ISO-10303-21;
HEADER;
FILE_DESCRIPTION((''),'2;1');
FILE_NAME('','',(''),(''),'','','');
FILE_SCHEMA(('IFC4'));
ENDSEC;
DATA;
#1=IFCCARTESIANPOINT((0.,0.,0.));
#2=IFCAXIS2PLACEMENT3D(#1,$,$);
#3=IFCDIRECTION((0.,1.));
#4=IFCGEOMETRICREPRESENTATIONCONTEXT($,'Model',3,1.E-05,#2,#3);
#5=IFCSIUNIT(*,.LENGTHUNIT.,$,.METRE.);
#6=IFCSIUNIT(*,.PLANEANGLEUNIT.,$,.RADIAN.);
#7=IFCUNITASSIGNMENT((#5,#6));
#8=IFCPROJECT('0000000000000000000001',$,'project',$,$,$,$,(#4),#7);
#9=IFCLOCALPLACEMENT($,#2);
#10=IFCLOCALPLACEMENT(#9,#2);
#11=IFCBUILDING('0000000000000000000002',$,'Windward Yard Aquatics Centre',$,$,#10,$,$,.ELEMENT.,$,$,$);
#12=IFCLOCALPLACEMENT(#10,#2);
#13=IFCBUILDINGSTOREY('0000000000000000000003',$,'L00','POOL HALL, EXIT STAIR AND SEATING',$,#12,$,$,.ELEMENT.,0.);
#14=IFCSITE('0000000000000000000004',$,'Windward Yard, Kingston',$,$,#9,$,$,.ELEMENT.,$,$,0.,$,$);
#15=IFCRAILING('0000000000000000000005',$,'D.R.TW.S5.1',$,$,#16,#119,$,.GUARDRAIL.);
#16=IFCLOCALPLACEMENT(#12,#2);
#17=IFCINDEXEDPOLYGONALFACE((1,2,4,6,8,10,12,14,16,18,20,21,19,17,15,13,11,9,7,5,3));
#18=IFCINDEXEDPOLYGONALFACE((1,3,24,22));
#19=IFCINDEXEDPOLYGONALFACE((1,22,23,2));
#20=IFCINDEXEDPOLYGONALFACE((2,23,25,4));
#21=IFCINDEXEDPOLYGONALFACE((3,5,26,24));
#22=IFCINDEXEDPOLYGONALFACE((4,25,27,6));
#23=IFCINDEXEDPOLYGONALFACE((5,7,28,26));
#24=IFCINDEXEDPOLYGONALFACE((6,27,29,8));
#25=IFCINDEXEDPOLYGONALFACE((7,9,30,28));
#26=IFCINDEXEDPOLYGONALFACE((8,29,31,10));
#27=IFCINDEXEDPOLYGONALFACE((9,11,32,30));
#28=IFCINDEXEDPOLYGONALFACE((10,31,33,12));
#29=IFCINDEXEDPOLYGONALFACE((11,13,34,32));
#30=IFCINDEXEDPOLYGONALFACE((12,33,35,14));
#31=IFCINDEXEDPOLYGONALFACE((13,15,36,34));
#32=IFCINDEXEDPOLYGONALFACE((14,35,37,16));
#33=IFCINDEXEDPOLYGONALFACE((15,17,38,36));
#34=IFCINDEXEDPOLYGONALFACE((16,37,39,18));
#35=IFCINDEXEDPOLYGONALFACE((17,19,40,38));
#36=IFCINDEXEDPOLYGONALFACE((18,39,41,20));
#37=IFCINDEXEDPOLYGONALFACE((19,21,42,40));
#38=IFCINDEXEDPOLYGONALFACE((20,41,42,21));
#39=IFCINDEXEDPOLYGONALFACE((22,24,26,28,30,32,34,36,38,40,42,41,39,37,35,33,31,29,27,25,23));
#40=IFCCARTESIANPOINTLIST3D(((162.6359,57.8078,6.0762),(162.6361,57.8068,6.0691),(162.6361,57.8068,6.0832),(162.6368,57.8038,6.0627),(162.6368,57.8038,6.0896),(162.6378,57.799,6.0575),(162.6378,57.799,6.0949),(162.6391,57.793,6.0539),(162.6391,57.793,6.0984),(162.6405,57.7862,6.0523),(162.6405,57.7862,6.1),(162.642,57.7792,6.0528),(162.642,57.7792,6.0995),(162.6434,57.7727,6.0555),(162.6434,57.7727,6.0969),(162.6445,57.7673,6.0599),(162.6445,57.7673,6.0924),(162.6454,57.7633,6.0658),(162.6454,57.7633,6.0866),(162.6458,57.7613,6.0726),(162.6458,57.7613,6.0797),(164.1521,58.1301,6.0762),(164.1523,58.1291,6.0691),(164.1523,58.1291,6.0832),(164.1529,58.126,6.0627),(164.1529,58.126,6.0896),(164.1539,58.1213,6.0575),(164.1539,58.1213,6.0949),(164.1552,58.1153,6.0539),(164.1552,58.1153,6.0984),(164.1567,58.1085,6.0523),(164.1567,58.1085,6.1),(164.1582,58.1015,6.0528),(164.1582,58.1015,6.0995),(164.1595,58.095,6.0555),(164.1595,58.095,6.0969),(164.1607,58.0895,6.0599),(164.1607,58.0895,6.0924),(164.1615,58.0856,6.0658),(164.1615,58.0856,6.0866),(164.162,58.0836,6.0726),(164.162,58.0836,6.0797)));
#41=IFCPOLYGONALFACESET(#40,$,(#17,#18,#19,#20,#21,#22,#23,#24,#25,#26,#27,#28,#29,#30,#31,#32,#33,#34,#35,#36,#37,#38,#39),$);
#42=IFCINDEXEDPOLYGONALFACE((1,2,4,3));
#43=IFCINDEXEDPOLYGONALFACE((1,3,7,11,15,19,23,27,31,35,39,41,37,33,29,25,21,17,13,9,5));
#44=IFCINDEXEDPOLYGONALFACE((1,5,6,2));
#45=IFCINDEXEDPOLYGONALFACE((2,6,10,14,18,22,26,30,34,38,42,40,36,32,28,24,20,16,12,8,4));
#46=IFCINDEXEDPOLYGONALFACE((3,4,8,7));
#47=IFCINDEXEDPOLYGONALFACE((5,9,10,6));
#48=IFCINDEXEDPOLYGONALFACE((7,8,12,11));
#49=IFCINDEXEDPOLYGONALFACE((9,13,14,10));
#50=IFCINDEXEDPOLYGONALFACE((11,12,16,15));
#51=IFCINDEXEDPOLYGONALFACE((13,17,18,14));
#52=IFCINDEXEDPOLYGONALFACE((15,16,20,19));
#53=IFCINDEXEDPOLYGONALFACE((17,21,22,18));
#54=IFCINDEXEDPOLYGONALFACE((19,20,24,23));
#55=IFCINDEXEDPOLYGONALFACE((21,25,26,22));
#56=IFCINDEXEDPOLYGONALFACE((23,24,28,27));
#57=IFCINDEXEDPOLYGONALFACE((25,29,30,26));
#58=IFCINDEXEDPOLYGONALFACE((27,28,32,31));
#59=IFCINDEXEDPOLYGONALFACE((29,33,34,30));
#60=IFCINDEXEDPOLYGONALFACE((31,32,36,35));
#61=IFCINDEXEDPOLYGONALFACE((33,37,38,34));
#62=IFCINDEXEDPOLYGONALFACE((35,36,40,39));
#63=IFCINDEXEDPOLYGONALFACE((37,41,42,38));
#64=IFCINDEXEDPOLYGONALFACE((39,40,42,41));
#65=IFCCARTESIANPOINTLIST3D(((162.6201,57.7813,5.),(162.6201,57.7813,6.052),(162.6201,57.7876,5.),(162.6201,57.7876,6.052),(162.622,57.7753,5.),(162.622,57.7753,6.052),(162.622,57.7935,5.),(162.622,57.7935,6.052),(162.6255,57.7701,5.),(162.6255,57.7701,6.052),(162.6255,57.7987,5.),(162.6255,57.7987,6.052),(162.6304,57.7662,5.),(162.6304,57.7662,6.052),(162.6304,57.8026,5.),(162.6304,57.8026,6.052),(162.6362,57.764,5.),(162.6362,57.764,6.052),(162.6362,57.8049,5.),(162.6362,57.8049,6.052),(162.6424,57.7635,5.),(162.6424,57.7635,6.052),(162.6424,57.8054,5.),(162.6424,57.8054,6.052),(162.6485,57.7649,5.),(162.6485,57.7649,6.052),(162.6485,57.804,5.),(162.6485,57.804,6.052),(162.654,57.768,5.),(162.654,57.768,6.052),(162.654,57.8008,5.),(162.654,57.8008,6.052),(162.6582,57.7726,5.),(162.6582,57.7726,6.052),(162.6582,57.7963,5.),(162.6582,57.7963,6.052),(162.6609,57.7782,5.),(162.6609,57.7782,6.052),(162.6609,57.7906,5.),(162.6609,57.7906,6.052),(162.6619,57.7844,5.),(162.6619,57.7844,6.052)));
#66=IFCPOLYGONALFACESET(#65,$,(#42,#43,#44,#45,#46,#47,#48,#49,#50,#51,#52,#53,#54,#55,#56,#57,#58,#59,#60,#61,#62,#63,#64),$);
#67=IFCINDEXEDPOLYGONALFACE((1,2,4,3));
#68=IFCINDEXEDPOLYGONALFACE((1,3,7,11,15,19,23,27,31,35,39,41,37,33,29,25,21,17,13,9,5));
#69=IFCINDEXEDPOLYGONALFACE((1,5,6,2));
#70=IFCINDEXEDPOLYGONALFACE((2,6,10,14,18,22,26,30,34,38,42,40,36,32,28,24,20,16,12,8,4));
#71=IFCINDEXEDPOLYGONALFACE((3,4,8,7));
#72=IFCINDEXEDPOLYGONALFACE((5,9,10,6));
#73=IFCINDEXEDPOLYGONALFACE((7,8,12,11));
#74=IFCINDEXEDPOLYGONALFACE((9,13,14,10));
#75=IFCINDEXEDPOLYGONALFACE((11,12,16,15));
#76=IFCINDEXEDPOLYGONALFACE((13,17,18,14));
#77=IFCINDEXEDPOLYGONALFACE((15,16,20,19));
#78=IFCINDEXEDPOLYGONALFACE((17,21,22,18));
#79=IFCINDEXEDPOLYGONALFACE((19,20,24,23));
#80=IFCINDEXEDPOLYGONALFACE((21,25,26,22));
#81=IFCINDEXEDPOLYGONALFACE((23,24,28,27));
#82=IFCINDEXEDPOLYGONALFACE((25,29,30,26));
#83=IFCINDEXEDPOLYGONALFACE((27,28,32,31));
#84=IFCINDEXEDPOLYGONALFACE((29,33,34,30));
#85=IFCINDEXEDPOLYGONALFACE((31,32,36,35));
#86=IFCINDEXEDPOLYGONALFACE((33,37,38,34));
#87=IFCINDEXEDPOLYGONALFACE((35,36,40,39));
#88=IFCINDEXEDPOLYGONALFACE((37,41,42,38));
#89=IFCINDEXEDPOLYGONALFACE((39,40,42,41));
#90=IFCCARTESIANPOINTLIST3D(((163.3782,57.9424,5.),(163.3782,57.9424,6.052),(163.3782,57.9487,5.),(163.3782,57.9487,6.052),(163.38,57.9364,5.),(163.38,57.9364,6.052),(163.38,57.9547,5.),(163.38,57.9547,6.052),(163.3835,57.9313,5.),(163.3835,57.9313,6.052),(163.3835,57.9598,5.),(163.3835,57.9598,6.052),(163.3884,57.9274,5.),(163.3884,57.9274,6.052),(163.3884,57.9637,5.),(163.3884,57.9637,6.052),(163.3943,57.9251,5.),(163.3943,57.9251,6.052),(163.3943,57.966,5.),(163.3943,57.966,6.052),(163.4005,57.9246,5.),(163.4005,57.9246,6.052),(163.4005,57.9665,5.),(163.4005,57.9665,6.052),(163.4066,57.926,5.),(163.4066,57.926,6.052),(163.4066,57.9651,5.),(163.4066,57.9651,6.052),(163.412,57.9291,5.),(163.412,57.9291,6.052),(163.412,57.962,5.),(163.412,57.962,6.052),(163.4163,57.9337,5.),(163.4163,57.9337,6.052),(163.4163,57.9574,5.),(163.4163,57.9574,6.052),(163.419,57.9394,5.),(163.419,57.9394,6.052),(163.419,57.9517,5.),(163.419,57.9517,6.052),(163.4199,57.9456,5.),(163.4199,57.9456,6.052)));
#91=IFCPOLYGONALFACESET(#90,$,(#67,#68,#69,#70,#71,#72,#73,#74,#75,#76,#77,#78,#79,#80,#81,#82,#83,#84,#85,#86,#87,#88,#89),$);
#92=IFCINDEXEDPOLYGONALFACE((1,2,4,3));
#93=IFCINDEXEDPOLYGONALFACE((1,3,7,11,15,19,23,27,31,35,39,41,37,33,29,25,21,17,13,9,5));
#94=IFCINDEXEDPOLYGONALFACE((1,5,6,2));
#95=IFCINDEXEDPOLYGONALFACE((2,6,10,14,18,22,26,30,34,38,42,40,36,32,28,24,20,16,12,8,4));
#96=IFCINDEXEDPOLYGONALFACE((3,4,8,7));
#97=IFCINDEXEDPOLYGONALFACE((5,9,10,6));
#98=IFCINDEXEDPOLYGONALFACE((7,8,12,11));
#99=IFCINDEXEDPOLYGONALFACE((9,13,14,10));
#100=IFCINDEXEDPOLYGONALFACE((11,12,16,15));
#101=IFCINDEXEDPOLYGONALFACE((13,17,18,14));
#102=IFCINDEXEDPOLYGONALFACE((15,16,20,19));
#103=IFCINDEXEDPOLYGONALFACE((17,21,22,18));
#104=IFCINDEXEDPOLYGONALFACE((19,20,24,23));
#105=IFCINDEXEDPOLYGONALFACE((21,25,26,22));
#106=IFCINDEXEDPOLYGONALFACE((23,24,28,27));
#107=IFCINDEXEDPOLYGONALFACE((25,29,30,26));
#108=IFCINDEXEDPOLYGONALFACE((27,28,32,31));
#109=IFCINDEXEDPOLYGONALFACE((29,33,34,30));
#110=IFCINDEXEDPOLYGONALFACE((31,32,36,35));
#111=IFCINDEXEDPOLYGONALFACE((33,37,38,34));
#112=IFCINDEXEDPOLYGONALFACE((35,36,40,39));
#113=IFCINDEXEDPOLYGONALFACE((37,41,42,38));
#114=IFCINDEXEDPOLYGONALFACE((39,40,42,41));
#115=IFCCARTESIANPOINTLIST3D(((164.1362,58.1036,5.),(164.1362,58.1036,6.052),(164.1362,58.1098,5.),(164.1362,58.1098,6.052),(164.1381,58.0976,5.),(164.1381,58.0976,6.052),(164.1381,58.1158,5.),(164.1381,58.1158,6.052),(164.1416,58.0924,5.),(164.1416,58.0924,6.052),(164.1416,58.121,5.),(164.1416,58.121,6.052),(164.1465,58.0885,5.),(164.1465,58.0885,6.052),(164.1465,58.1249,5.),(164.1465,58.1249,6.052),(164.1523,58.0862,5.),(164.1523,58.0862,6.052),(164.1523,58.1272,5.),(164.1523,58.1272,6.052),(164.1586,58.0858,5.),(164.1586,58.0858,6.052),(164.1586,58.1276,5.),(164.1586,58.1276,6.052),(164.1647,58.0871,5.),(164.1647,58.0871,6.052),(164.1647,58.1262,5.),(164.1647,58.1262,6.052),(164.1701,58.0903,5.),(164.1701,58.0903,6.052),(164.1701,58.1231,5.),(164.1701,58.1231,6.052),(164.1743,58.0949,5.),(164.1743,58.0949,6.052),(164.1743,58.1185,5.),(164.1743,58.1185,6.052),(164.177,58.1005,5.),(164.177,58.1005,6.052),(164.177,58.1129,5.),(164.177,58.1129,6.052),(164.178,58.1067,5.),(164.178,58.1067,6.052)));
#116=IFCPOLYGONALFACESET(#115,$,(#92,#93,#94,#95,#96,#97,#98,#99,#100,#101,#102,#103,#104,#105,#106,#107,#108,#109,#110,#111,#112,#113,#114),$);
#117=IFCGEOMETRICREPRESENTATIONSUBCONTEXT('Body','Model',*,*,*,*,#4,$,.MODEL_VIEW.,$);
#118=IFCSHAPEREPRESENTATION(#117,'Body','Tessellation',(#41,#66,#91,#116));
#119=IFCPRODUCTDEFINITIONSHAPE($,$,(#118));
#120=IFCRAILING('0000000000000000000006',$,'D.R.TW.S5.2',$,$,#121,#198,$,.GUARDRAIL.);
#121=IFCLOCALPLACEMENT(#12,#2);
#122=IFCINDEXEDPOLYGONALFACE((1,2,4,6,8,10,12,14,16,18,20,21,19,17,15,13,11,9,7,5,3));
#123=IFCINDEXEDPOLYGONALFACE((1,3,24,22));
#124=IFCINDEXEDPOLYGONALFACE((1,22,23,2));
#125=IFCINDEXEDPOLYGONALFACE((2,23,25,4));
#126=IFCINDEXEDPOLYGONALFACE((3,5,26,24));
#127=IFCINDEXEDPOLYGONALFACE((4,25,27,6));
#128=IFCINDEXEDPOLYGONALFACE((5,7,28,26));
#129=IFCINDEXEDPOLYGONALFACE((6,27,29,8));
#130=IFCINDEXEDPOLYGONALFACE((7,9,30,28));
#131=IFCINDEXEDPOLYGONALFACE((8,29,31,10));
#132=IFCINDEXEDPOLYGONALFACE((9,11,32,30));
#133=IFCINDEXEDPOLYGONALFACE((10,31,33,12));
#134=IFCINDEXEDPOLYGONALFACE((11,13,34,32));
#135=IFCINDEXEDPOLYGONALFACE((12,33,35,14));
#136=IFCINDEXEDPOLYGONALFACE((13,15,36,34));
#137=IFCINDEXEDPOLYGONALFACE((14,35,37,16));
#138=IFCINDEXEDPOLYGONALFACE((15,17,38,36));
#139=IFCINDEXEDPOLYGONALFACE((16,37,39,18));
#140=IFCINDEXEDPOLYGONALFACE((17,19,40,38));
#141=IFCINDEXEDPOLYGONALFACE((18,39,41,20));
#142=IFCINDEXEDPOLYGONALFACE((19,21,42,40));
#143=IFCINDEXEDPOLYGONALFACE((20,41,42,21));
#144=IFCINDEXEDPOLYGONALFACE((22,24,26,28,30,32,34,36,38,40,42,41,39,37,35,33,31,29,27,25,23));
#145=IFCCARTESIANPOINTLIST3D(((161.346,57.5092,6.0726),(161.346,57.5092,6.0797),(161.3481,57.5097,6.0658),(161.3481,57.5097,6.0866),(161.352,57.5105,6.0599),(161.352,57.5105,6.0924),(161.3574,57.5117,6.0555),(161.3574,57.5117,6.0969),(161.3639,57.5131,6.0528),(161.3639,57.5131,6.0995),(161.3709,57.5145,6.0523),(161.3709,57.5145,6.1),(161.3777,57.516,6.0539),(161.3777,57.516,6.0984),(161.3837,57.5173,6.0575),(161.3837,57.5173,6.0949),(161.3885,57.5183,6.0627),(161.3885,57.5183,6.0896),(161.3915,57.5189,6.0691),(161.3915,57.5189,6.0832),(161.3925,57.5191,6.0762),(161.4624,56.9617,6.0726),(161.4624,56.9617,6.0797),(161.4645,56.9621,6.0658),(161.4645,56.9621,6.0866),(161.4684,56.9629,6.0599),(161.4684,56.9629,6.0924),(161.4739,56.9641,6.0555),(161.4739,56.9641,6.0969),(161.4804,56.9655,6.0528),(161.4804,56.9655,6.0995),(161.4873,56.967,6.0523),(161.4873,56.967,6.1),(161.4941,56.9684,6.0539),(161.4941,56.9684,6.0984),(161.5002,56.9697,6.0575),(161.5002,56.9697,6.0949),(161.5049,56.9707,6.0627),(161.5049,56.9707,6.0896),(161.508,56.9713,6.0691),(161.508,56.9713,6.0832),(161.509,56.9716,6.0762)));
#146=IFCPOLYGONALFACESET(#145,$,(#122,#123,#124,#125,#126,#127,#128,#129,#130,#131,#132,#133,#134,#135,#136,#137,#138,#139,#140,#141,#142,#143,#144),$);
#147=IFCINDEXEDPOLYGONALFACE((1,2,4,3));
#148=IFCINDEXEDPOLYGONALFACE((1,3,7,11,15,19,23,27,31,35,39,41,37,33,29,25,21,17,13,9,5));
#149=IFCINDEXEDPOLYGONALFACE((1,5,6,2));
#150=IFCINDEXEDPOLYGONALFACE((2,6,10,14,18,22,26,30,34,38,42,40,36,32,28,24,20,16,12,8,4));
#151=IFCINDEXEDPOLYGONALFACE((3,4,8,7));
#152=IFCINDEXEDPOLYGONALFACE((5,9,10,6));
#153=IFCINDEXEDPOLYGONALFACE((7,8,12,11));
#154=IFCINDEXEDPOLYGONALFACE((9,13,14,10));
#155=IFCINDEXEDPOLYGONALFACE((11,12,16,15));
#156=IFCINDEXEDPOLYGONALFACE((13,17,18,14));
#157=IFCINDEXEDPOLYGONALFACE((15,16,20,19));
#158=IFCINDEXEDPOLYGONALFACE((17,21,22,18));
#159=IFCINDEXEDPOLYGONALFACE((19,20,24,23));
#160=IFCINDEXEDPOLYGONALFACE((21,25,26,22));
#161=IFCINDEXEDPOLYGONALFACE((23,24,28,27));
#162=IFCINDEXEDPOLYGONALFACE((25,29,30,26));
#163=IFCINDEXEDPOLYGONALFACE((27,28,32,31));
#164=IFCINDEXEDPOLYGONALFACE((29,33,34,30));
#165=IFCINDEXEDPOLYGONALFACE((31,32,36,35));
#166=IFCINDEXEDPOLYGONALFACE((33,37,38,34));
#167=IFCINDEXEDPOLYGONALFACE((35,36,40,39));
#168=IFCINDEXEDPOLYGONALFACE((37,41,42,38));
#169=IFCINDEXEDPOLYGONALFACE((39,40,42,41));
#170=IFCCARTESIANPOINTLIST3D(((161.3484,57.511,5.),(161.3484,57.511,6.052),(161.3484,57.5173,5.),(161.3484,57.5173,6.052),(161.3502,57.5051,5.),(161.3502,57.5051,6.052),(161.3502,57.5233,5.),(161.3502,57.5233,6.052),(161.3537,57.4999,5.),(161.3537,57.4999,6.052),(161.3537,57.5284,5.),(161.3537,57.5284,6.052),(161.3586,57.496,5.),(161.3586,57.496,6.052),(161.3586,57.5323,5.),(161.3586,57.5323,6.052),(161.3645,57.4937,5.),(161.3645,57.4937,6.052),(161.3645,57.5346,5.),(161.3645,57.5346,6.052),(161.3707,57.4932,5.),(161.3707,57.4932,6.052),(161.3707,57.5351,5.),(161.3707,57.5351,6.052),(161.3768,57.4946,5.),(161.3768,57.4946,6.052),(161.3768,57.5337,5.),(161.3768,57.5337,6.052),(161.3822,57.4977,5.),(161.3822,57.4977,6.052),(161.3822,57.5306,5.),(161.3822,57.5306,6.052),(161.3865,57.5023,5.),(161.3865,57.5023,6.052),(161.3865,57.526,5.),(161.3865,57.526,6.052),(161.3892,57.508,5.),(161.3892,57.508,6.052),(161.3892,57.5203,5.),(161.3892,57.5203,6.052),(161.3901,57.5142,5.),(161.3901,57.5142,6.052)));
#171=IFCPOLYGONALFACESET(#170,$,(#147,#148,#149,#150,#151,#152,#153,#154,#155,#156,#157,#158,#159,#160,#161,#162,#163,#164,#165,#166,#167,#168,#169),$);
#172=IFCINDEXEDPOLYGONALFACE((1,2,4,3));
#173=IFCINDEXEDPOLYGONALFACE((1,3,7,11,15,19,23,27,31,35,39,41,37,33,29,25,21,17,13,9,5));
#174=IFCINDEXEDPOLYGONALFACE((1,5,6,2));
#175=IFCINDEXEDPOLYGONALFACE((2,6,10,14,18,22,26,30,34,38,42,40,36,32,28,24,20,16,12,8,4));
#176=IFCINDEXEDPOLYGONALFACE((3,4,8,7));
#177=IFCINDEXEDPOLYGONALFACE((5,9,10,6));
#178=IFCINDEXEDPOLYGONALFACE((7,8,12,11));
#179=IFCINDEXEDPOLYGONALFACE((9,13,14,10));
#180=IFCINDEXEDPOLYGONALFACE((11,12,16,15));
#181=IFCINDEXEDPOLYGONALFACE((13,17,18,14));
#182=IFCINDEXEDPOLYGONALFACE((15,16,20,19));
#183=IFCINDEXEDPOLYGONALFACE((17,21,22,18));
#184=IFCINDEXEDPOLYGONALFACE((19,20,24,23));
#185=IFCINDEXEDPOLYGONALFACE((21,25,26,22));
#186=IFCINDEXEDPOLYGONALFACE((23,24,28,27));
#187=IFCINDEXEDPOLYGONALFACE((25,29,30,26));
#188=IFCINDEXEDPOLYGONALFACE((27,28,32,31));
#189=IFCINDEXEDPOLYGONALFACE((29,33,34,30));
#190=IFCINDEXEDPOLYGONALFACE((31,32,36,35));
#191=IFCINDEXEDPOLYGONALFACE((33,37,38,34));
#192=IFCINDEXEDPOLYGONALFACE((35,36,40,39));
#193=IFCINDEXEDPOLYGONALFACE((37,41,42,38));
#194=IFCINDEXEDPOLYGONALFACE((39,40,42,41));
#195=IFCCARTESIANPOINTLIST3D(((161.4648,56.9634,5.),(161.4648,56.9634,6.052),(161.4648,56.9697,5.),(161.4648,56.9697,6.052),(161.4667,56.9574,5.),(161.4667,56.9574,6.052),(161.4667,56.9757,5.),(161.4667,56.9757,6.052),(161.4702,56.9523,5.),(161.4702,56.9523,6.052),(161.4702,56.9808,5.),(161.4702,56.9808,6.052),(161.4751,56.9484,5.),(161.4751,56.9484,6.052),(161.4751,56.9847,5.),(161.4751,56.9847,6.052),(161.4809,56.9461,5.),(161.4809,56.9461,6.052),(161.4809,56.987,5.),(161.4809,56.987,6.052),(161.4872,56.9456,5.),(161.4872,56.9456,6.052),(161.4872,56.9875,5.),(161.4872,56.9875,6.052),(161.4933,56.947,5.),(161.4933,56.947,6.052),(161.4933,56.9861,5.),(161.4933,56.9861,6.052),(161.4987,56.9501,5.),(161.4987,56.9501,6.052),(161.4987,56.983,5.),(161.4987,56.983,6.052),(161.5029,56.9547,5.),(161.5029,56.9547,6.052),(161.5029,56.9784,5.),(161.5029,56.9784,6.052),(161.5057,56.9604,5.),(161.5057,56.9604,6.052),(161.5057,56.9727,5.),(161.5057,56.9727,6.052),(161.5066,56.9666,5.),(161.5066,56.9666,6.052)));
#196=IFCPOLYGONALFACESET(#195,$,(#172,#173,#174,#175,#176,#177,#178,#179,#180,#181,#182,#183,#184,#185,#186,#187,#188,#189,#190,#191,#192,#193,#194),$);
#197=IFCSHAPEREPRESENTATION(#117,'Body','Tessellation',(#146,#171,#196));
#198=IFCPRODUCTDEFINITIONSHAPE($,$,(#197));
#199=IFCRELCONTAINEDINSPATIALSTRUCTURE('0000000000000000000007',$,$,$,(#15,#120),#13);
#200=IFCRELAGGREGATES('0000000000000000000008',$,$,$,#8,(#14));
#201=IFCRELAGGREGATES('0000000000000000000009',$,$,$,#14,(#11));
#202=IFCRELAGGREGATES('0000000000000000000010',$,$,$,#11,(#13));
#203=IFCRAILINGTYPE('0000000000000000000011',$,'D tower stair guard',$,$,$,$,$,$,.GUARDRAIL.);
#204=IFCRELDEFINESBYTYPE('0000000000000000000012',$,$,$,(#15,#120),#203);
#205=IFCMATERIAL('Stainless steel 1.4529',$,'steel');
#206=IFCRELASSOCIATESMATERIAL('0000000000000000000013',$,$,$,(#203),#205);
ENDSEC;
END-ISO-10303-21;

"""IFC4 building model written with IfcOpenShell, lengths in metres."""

from ifc_helpers import new_model, si_unit, direction, frame, origin, origin_2d, place, context, subcontext, project, spatial, circle, extrude, material, type_object, element, save


model = new_model("IFC4")

# Units and contexts
model_context = context("Model", 3, precision=1e-05, world=origin(), true_north=direction((0.0, 1.0)))
body_context = subcontext(model_context, "Body", "Model", "MODEL_VIEW")
ifc_project = project(units=[si_unit("LENGTHUNIT", "METRE"), si_unit("PLANEANGLEUNIT", "RADIAN")], contexts=[model_context])

# Site, building, storey
site_placement = place(None, origin())
site = spatial("IfcSite", under=ifc_project, at=site_placement, Name="Windward Yard, Kingston", CompositionType="ELEMENT", RefElevation=0.0)
building_placement = place(site_placement, origin())
building = spatial("IfcBuilding", under=site, at=building_placement, Name="Windward Yard Aquatics Centre", CompositionType="ELEMENT")
storey_placement = place(building_placement, origin())
storey = spatial("IfcBuildingStorey", under=building, at=storey_placement, Name="L00", Description="POOL HALL, EXIT STAIR AND SEATING", CompositionType="ELEMENT", Elevation=0.0)

# Shared definitions
ifc_material_1 = material(Name="Stainless steel 1.4529", Category="steel")

# Railings
railing_type = type_object("IfcRailingType", Name="D tower stair guard", PredefinedType="GUARDRAIL", material=ifc_material_1)
railing_1_placement = place(storey_placement, frame((162.6409, 57.7844, 5.0)))
element("IfcRailing", 1, at=railing_1_placement, inside=storey, type_object=railing_type, Name="D.R.TW.S5.1", PredefinedType="GUARDRAIL", context=body_context, shape_type="SweptSolid", body=[
    extrude(circle(Radius=0.0239, at=origin_2d()), frame((0.0, 0.0, 1.0762), z_axis=(0.978147, 0.207915, 0.0), x_axis=(-0.207915, 0.978147, 0.0)), (0.0, 0.0, 1.0), 1.55),
    extrude(circle(Radius=0.021, at=origin_2d()), origin(), (0.0, 0.0, 1.0), 1.052),
    extrude(circle(Radius=0.021, at=origin_2d()), frame((0.7581, 0.1611, 0.0)), (0.0, 0.0, 1.0), 1.052),
    extrude(circle(Radius=0.021, at=origin_2d()), frame((1.5161, 0.3223, 0.0)), (0.0, 0.0, 1.0), 1.052),
])
railing_2_placement = place(storey_placement, frame((161.3691, 57.5142, 5.0)))
element("IfcRailing", 2, at=railing_2_placement, inside=storey, type_object=railing_type, Name="D.R.TW.S5.2", PredefinedType="GUARDRAIL", context=body_context, shape_type="SweptSolid", body=[
    extrude(circle(Radius=0.0239, at=origin_2d()), frame((0.0, 0.0, 1.0762), z_axis=(0.20801, -0.978127, 0.0), x_axis=(0.978127, 0.20801, 0.0)), (0.0, 0.0, 1.0), 0.5598),
    extrude(circle(Radius=0.021, at=origin_2d()), origin(), (0.0, 0.0, 1.0), 1.052),
    extrude(circle(Radius=0.021, at=origin_2d()), frame((0.1165, -0.5476, 0.0)), (0.0, 0.0, 1.0), 1.052),
])

save(model, "model.ifc")
